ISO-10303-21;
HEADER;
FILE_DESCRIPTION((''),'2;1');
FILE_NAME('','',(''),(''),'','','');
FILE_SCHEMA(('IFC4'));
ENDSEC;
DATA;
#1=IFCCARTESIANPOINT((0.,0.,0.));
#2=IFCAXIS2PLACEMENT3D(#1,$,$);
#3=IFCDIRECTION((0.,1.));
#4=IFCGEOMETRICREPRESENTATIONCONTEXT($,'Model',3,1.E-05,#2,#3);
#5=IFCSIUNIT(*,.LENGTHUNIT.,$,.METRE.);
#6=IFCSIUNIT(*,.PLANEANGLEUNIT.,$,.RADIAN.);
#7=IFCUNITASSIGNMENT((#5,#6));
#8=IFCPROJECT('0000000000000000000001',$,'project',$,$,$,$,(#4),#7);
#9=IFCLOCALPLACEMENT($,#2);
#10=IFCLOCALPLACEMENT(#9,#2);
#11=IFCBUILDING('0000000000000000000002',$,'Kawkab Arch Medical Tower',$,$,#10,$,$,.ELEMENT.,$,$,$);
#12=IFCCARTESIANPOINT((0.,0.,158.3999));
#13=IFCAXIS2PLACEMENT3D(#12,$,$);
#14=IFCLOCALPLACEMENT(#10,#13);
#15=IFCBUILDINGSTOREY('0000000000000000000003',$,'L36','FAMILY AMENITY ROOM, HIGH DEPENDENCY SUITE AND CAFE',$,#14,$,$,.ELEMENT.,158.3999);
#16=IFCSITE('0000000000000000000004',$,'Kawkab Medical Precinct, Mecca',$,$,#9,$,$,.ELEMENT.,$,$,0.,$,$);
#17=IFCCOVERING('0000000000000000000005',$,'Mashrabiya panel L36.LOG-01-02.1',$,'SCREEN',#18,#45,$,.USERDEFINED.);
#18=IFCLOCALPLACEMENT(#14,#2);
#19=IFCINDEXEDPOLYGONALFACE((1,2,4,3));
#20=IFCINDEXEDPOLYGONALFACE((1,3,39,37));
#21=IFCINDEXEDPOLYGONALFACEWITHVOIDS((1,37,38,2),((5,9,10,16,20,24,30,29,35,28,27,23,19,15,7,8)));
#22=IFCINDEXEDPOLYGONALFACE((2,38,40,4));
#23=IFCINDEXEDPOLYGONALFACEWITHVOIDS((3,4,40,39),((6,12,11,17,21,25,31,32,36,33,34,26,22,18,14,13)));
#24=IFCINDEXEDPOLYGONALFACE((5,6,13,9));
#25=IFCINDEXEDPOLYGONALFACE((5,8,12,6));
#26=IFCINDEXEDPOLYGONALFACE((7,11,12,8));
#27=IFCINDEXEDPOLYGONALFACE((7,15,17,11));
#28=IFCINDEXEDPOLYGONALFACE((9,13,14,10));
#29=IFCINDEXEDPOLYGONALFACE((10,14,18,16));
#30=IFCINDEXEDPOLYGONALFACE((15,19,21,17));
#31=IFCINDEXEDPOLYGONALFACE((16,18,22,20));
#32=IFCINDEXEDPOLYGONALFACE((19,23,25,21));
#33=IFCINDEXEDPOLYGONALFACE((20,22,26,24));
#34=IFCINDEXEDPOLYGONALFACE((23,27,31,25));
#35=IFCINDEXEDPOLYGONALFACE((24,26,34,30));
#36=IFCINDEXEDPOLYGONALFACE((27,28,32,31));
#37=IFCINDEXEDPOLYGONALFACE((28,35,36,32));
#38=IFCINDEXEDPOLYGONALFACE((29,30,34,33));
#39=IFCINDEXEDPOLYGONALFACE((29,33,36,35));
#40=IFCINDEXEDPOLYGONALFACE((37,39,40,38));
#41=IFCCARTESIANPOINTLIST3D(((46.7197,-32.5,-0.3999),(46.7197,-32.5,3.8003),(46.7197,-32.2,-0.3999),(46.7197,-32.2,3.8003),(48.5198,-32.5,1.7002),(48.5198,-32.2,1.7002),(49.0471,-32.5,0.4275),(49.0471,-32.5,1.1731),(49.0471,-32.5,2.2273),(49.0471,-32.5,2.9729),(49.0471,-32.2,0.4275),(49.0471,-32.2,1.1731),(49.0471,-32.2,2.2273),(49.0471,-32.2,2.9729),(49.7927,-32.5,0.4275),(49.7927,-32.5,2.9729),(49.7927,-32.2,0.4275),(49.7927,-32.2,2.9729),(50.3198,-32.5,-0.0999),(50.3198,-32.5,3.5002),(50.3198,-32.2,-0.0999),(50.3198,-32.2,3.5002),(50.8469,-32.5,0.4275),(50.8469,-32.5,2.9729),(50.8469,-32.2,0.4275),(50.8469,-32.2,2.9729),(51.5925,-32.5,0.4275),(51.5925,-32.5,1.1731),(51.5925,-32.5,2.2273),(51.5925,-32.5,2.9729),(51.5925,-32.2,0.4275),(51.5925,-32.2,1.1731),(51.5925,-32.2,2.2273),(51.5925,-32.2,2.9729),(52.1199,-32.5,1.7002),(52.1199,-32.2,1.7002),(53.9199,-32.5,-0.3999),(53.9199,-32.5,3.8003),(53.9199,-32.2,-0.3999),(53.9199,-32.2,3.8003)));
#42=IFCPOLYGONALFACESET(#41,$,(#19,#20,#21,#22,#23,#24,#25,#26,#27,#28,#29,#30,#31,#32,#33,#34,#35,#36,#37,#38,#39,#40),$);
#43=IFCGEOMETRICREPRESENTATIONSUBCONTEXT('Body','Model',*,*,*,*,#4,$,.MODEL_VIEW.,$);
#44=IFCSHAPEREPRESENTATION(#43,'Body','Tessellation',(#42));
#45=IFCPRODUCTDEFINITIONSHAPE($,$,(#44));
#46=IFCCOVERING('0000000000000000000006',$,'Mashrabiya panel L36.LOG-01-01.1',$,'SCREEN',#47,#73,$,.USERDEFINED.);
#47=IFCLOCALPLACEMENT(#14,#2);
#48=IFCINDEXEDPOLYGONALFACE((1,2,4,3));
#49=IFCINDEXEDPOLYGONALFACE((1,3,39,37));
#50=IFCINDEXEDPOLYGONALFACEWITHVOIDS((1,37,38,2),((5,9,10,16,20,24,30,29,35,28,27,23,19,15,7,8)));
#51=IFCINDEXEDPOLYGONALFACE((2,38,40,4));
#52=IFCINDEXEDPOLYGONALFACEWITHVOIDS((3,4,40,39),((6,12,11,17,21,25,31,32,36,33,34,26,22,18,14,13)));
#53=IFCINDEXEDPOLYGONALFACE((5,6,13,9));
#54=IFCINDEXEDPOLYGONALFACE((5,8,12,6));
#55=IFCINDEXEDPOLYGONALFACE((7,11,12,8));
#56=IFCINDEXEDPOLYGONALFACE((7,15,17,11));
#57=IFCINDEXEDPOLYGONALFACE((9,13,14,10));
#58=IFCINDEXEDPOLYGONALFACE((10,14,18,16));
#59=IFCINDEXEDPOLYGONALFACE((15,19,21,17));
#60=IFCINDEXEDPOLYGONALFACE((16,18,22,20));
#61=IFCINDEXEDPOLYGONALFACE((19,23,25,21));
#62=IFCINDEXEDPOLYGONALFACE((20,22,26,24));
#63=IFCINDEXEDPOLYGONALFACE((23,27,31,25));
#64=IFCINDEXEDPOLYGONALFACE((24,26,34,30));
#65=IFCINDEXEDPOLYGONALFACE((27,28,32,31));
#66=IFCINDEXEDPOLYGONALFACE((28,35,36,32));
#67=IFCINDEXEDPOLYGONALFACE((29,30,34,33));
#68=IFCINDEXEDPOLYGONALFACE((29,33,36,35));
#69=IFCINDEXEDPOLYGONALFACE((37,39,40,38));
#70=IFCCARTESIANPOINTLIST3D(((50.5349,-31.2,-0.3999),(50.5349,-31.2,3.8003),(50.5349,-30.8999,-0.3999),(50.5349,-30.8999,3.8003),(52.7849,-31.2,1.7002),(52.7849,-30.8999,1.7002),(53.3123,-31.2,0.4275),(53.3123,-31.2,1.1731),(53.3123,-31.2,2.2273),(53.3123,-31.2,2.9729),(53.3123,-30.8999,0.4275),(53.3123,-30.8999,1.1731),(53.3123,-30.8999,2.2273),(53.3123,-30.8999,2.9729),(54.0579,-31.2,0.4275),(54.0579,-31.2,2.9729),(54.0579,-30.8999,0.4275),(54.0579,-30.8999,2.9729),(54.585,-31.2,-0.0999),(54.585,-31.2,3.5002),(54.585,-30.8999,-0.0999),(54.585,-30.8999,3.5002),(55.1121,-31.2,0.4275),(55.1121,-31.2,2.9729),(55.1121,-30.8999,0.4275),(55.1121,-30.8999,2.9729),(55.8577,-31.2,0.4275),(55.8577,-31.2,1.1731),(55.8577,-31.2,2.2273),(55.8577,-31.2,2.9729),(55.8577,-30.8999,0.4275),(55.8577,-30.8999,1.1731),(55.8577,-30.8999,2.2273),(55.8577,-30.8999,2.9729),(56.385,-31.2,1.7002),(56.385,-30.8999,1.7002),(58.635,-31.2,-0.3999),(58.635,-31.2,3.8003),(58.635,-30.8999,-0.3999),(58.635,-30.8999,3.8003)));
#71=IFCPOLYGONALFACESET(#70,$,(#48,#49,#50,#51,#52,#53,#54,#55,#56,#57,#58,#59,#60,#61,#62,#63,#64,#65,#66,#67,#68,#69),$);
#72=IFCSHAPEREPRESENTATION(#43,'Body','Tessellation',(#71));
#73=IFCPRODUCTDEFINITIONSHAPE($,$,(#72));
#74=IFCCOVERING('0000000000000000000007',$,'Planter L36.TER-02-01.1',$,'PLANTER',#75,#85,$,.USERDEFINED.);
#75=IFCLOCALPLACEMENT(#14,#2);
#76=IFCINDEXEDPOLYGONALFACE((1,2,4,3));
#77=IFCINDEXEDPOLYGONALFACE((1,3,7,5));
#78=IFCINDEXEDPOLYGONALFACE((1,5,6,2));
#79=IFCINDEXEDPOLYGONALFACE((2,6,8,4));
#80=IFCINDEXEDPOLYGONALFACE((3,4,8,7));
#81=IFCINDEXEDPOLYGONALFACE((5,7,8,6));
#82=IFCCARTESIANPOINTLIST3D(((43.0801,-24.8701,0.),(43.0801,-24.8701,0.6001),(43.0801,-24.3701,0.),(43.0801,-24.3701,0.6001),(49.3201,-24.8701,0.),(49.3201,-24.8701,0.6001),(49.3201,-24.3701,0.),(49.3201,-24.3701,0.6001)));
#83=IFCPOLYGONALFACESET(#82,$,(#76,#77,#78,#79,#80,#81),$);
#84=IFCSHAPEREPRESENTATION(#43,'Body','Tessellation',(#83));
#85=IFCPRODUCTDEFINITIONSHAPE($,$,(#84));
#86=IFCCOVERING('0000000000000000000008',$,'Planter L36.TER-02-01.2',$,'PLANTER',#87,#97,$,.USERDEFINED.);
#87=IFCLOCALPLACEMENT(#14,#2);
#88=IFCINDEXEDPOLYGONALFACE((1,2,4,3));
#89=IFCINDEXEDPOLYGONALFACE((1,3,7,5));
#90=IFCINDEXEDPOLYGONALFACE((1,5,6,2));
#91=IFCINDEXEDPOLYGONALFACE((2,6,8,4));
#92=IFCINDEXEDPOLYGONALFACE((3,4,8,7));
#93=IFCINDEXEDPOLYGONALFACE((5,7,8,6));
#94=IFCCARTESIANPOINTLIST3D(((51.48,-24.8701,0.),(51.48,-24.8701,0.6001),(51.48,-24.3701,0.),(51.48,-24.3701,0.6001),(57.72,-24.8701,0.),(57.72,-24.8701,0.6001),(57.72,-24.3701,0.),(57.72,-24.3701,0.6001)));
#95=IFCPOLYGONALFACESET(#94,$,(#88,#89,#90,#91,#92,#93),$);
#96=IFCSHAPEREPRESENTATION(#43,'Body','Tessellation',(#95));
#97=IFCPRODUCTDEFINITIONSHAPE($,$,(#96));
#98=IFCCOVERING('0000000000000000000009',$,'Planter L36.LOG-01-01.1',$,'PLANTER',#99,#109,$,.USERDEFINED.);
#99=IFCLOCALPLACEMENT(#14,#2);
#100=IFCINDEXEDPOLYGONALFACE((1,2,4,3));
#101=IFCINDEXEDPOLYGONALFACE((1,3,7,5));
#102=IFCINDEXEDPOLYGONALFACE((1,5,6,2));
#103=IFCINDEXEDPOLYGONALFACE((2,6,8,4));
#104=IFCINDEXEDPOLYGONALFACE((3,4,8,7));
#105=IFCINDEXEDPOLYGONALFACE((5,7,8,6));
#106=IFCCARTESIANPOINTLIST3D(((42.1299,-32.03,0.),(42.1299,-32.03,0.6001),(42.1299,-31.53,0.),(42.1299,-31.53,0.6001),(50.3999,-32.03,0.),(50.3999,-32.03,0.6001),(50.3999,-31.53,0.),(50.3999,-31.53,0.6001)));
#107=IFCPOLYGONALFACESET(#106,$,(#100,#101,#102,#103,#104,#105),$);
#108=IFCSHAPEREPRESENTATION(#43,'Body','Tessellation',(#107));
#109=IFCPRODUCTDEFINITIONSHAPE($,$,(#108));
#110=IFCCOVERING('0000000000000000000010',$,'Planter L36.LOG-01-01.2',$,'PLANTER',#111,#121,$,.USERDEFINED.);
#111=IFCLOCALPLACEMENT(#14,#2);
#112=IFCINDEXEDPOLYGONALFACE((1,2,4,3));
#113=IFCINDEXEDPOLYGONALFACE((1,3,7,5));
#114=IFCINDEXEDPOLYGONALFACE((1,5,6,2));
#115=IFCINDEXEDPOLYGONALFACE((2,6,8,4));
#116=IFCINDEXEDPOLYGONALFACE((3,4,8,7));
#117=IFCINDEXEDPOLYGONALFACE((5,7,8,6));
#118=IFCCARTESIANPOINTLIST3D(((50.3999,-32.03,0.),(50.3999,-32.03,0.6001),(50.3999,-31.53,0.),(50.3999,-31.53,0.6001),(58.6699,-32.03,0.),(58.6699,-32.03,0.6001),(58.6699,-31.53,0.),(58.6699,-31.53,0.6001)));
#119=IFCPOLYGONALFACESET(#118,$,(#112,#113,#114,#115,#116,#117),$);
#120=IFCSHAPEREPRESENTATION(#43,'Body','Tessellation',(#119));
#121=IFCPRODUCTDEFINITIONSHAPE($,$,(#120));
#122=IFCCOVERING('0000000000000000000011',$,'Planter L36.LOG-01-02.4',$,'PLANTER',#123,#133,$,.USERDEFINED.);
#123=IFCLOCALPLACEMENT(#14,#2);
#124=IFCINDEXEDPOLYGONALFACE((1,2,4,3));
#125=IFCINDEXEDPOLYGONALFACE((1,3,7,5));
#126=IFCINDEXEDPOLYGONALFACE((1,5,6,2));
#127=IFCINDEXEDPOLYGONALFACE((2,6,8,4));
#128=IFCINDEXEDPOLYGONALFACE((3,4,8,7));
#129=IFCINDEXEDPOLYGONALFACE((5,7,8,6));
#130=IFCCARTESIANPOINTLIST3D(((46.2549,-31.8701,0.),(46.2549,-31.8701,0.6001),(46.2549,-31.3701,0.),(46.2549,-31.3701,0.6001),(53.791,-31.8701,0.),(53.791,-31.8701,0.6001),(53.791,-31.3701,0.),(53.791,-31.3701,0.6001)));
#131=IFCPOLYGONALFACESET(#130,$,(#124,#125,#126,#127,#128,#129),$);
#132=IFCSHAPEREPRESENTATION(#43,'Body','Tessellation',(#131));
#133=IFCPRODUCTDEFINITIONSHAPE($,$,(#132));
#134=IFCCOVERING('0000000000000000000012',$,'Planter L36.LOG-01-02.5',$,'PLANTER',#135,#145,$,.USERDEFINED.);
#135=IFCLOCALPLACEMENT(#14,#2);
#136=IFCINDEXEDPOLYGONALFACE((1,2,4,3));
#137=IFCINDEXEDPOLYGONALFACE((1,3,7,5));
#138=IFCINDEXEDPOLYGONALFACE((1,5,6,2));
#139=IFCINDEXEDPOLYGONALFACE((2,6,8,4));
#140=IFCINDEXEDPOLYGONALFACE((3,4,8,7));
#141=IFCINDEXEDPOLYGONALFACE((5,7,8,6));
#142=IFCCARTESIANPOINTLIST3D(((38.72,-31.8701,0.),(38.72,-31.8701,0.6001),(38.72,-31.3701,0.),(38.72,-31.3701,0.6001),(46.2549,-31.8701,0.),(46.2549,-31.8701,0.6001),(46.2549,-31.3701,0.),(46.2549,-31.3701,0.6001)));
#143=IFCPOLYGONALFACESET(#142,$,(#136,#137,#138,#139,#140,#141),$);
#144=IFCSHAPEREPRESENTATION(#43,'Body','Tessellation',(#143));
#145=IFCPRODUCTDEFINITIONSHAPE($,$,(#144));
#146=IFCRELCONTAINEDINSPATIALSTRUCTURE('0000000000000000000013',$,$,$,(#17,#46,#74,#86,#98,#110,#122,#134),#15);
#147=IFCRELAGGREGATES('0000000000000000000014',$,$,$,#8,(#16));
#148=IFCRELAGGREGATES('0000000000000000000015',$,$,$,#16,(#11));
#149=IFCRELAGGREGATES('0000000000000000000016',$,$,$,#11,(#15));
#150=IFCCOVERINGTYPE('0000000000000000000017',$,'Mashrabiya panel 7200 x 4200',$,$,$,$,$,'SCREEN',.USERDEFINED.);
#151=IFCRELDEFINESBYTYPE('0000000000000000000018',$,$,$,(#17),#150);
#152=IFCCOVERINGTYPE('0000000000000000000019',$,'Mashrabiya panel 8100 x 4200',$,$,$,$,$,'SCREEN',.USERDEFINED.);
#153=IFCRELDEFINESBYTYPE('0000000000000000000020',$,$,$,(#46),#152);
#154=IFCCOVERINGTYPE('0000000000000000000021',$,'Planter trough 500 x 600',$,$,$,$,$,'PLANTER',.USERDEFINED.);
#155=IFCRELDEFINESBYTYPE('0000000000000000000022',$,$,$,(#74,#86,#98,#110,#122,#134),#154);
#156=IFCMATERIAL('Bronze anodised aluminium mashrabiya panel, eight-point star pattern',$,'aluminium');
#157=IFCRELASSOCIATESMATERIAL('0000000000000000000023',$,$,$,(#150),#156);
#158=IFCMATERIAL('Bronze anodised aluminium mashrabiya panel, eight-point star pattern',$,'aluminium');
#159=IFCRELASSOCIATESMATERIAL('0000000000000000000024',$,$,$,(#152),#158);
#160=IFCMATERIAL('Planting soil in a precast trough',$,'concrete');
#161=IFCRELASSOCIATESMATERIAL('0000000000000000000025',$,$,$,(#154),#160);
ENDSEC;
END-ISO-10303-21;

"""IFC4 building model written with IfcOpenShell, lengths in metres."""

from ifc_helpers import new_model, si_unit, direction, frame, origin, origin_2d, place, context, subcontext, project, spatial, polyline, rectangle, outline, extrude, material, material_profile, profile_set, type_object, element, save


model = new_model("IFC4")

# Units and contexts
model_context = context("Model", 3, precision=1e-05, world=origin(), true_north=direction((0.0, 1.0)))
body_context = subcontext(model_context, "Body", "Model", "MODEL_VIEW")
ifc_project = project(units=[si_unit("LENGTHUNIT", "METRE"), si_unit("PLANEANGLEUNIT", "RADIAN")], contexts=[model_context])

# Site, building, storey
site_placement = place(None, origin())
site = spatial("IfcSite", under=ifc_project, at=site_placement, Name="Kawkab Medical Precinct, Mecca", CompositionType="ELEMENT", RefElevation=0.0)
building_placement = place(site_placement, origin())
building = spatial("IfcBuilding", under=site, at=building_placement, Name="Kawkab Arch Medical Tower", CompositionType="ELEMENT")
storey_placement = place(building_placement, frame((0.0, 0.0, 158.3999)))
storey = spatial("IfcBuildingStorey", under=building, at=storey_placement, Name="L36", Description="FAMILY AMENITY ROOM, HIGH DEPENDENCY SUITE AND CAFE", CompositionType="ELEMENT", Elevation=158.3999)

# Coverings
ifc_material_1 = material(Name="Bronze anodised aluminium mashrabiya panel, eight-point star pattern", Category="aluminium")
ifc_material_profile_1 = material_profile(ifc_material_1, outline(polyline([(-3.6001, -2.1001), (3.6001, -2.1001), (3.6001, 2.1001), (-3.6001, 2.1001), (-3.6001, -2.1001)]), holes=[polyline([(1.8, 0.0), (1.2727, 0.5271), (1.2727, 1.2727), (0.5271, 1.2727), (0.0, 1.8), (-0.5271, 1.2727), (-1.2727, 1.2727), (-1.2727, 0.5271), (-1.8, 0.0), (-1.2727, -0.5271), (-1.2727, -1.2727), (-0.5271, -1.2727), (0.0, -1.8), (0.5271, -1.2727), (1.2727, -1.2727), (1.2727, -0.5271), (1.8, 0.0)])]), Name="Mashrabiya panel 7200x4200")
ifc_profile_set_1 = profile_set([ifc_material_profile_1], Name="Bronze anodised aluminium mashrabiya panel, eight-point star pattern")
covering_type_1 = type_object("IfcCoveringType", Name="Mashrabiya panel 7200 x 4200", ElementType="SCREEN", PredefinedType="USERDEFINED", material=ifc_profile_set_1)
covering_1_placement = place(storey_placement, frame((50.3198, -32.2, 1.7002), z_axis=(0.0, -1.0, 0.0), x_axis=(1.0, 0.0, 0.0)))
element("IfcCovering", 1, at=covering_1_placement, inside=storey, type_object=covering_type_1, Name="Mashrabiya panel L36.LOG-01-02.1", ObjectType="SCREEN", PredefinedType="USERDEFINED", context=body_context, shape_type="SweptSolid", body=[
    extrude(outline(polyline([(-3.6001, -2.1001), (3.6001, -2.1001), (3.6001, 2.1001), (-3.6001, 2.1001), (-3.6001, -2.1001)]), holes=[polyline([(1.8, 0.0), (1.2727, 0.5271), (1.2727, 1.2727), (0.5271, 1.2727), (0.0, 1.8), (-0.5271, 1.2727), (-1.2727, 1.2727), (-1.2727, 0.5271), (-1.8, 0.0), (-1.2727, -0.5271), (-1.2727, -1.2727), (-0.5271, -1.2727), (0.0, -1.8), (0.5271, -1.2727), (1.2727, -1.2727), (1.2727, -0.5271), (1.8, 0.0)])]), origin(), (0.0, 0.0, 1.0), 0.3),
])
ifc_material_2 = material(Name="Bronze anodised aluminium mashrabiya panel, eight-point star pattern", Category="aluminium")
ifc_material_profile_2 = material_profile(ifc_material_2, outline(polyline([(-4.05, -2.1001), (4.05, -2.1001), (4.05, 2.1001), (-4.05, 2.1001), (-4.05, -2.1001)]), holes=[polyline([(1.8, 0.0), (1.2727, 0.5271), (1.2727, 1.2727), (0.5271, 1.2727), (0.0, 1.8), (-0.5271, 1.2727), (-1.2727, 1.2727), (-1.2727, 0.5271), (-1.8, 0.0), (-1.2727, -0.5271), (-1.2727, -1.2727), (-0.5271, -1.2727), (0.0, -1.8), (0.5271, -1.2727), (1.2727, -1.2727), (1.2727, -0.5271), (1.8, 0.0)])]), Name="Mashrabiya panel 8100x4200")
ifc_profile_set_2 = profile_set([ifc_material_profile_2], Name="Bronze anodised aluminium mashrabiya panel, eight-point star pattern")
covering_type_2 = type_object("IfcCoveringType", Name="Mashrabiya panel 8100 x 4200", ElementType="SCREEN", PredefinedType="USERDEFINED", material=ifc_profile_set_2)
covering_2_placement = place(storey_placement, frame((54.585, -31.2, 1.7002), z_axis=(0.0, 1.0, 0.0), x_axis=(-1.0, 0.0, 0.0)))
element("IfcCovering", 2, at=covering_2_placement, inside=storey, type_object=covering_type_2, Name="Mashrabiya panel L36.LOG-01-01.1", ObjectType="SCREEN", PredefinedType="USERDEFINED", context=body_context, shape_type="SweptSolid", body=[
    extrude(outline(polyline([(-4.05, -2.1001), (4.05, -2.1001), (4.05, 2.1001), (-4.05, 2.1001), (-4.05, -2.1001)]), holes=[polyline([(1.8, 0.0), (1.2727, 0.5271), (1.2727, 1.2727), (0.5271, 1.2727), (0.0, 1.8), (-0.5271, 1.2727), (-1.2727, 1.2727), (-1.2727, 0.5271), (-1.8, 0.0), (-1.2727, -0.5271), (-1.2727, -1.2727), (-0.5271, -1.2727), (0.0, -1.8), (0.5271, -1.2727), (1.2727, -1.2727), (1.2727, -0.5271), (1.8, 0.0)])]), origin(), (0.0, 0.0, 1.0), 0.3),
])
ifc_material_3 = material(Name="Planting soil in a precast trough", Category="concrete")
ifc_material_profile_3 = material_profile(ifc_material_3, rectangle(XDim=0.5, YDim=0.6001, at=origin_2d()), Name="Trough 500x600")
ifc_profile_set_3 = profile_set([ifc_material_profile_3], Name="Planting soil in a precast trough")
covering_type_3 = type_object("IfcCoveringType", Name="Planter trough 500 x 600", ElementType="PLANTER", PredefinedType="USERDEFINED", material=ifc_profile_set_3)
for number, where, z_axis, x_axis, name in (
    (3, (43.0801, -24.6201, 0.3), (1.0, 0.0, 0.0), (0.0, 1.0, 0.0), "Planter L36.TER-02-01.1"),
    (4, (51.48, -24.6201, 0.3), (1.0, 0.0, 0.0), (0.0, 1.0, 0.0), "Planter L36.TER-02-01.2"),
):
    element("IfcCovering", number, at=place(storey_placement, frame(where, z_axis=z_axis, x_axis=x_axis)), inside=storey, type_object=covering_type_3, Name=name, ObjectType="PLANTER", PredefinedType="USERDEFINED", context=body_context, shape_type="SweptSolid", body=[
        extrude(rectangle(XDim=0.5, YDim=0.6001, at=origin_2d()), origin(), (0.0, 0.0, 1.0), 6.24),
    ])
for number, where, z_axis, x_axis, name in (
    (5, (42.1299, -31.78, 0.3), (1.0, 0.0, 0.0), (0.0, 1.0, 0.0), "Planter L36.LOG-01-01.1"),
    (6, (50.3999, -31.78, 0.3), (1.0, 0.0, 0.0), (0.0, 1.0, 0.0), "Planter L36.LOG-01-01.2"),
):
    element("IfcCovering", number, at=place(storey_placement, frame(where, z_axis=z_axis, x_axis=x_axis)), inside=storey, type_object=covering_type_3, Name=name, ObjectType="PLANTER", PredefinedType="USERDEFINED", context=body_context, shape_type="SweptSolid", body=[
        extrude(rectangle(XDim=0.5, YDim=0.6001, at=origin_2d()), origin(), (0.0, 0.0, 1.0), 8.27),
    ])
covering_3_placement = place(storey_placement, frame((53.791, -31.6201, 0.3), z_axis=(-1.0, 0.0, 0.0), x_axis=(0.0, -1.0, 0.0)))
element("IfcCovering", 7, at=covering_3_placement, inside=storey, type_object=covering_type_3, Name="Planter L36.LOG-01-02.4", ObjectType="PLANTER", PredefinedType="USERDEFINED", context=body_context, shape_type="SweptSolid", body=[
    extrude(rectangle(XDim=0.5, YDim=0.6001, at=origin_2d()), origin(), (0.0, 0.0, 1.0), 7.5361),
])
covering_4_placement = place(storey_placement, frame((46.2549, -31.6201, 0.3), z_axis=(-1.0, 0.0, 0.0), x_axis=(0.0, -1.0, 0.0)))
element("IfcCovering", 8, at=covering_4_placement, inside=storey, type_object=covering_type_3, Name="Planter L36.LOG-01-02.5", ObjectType="PLANTER", PredefinedType="USERDEFINED", context=body_context, shape_type="SweptSolid", body=[
    extrude(rectangle(XDim=0.5, YDim=0.6001, at=origin_2d()), origin(), (0.0, 0.0, 1.0), 7.5349),
])

save(model, "model.ifc")
